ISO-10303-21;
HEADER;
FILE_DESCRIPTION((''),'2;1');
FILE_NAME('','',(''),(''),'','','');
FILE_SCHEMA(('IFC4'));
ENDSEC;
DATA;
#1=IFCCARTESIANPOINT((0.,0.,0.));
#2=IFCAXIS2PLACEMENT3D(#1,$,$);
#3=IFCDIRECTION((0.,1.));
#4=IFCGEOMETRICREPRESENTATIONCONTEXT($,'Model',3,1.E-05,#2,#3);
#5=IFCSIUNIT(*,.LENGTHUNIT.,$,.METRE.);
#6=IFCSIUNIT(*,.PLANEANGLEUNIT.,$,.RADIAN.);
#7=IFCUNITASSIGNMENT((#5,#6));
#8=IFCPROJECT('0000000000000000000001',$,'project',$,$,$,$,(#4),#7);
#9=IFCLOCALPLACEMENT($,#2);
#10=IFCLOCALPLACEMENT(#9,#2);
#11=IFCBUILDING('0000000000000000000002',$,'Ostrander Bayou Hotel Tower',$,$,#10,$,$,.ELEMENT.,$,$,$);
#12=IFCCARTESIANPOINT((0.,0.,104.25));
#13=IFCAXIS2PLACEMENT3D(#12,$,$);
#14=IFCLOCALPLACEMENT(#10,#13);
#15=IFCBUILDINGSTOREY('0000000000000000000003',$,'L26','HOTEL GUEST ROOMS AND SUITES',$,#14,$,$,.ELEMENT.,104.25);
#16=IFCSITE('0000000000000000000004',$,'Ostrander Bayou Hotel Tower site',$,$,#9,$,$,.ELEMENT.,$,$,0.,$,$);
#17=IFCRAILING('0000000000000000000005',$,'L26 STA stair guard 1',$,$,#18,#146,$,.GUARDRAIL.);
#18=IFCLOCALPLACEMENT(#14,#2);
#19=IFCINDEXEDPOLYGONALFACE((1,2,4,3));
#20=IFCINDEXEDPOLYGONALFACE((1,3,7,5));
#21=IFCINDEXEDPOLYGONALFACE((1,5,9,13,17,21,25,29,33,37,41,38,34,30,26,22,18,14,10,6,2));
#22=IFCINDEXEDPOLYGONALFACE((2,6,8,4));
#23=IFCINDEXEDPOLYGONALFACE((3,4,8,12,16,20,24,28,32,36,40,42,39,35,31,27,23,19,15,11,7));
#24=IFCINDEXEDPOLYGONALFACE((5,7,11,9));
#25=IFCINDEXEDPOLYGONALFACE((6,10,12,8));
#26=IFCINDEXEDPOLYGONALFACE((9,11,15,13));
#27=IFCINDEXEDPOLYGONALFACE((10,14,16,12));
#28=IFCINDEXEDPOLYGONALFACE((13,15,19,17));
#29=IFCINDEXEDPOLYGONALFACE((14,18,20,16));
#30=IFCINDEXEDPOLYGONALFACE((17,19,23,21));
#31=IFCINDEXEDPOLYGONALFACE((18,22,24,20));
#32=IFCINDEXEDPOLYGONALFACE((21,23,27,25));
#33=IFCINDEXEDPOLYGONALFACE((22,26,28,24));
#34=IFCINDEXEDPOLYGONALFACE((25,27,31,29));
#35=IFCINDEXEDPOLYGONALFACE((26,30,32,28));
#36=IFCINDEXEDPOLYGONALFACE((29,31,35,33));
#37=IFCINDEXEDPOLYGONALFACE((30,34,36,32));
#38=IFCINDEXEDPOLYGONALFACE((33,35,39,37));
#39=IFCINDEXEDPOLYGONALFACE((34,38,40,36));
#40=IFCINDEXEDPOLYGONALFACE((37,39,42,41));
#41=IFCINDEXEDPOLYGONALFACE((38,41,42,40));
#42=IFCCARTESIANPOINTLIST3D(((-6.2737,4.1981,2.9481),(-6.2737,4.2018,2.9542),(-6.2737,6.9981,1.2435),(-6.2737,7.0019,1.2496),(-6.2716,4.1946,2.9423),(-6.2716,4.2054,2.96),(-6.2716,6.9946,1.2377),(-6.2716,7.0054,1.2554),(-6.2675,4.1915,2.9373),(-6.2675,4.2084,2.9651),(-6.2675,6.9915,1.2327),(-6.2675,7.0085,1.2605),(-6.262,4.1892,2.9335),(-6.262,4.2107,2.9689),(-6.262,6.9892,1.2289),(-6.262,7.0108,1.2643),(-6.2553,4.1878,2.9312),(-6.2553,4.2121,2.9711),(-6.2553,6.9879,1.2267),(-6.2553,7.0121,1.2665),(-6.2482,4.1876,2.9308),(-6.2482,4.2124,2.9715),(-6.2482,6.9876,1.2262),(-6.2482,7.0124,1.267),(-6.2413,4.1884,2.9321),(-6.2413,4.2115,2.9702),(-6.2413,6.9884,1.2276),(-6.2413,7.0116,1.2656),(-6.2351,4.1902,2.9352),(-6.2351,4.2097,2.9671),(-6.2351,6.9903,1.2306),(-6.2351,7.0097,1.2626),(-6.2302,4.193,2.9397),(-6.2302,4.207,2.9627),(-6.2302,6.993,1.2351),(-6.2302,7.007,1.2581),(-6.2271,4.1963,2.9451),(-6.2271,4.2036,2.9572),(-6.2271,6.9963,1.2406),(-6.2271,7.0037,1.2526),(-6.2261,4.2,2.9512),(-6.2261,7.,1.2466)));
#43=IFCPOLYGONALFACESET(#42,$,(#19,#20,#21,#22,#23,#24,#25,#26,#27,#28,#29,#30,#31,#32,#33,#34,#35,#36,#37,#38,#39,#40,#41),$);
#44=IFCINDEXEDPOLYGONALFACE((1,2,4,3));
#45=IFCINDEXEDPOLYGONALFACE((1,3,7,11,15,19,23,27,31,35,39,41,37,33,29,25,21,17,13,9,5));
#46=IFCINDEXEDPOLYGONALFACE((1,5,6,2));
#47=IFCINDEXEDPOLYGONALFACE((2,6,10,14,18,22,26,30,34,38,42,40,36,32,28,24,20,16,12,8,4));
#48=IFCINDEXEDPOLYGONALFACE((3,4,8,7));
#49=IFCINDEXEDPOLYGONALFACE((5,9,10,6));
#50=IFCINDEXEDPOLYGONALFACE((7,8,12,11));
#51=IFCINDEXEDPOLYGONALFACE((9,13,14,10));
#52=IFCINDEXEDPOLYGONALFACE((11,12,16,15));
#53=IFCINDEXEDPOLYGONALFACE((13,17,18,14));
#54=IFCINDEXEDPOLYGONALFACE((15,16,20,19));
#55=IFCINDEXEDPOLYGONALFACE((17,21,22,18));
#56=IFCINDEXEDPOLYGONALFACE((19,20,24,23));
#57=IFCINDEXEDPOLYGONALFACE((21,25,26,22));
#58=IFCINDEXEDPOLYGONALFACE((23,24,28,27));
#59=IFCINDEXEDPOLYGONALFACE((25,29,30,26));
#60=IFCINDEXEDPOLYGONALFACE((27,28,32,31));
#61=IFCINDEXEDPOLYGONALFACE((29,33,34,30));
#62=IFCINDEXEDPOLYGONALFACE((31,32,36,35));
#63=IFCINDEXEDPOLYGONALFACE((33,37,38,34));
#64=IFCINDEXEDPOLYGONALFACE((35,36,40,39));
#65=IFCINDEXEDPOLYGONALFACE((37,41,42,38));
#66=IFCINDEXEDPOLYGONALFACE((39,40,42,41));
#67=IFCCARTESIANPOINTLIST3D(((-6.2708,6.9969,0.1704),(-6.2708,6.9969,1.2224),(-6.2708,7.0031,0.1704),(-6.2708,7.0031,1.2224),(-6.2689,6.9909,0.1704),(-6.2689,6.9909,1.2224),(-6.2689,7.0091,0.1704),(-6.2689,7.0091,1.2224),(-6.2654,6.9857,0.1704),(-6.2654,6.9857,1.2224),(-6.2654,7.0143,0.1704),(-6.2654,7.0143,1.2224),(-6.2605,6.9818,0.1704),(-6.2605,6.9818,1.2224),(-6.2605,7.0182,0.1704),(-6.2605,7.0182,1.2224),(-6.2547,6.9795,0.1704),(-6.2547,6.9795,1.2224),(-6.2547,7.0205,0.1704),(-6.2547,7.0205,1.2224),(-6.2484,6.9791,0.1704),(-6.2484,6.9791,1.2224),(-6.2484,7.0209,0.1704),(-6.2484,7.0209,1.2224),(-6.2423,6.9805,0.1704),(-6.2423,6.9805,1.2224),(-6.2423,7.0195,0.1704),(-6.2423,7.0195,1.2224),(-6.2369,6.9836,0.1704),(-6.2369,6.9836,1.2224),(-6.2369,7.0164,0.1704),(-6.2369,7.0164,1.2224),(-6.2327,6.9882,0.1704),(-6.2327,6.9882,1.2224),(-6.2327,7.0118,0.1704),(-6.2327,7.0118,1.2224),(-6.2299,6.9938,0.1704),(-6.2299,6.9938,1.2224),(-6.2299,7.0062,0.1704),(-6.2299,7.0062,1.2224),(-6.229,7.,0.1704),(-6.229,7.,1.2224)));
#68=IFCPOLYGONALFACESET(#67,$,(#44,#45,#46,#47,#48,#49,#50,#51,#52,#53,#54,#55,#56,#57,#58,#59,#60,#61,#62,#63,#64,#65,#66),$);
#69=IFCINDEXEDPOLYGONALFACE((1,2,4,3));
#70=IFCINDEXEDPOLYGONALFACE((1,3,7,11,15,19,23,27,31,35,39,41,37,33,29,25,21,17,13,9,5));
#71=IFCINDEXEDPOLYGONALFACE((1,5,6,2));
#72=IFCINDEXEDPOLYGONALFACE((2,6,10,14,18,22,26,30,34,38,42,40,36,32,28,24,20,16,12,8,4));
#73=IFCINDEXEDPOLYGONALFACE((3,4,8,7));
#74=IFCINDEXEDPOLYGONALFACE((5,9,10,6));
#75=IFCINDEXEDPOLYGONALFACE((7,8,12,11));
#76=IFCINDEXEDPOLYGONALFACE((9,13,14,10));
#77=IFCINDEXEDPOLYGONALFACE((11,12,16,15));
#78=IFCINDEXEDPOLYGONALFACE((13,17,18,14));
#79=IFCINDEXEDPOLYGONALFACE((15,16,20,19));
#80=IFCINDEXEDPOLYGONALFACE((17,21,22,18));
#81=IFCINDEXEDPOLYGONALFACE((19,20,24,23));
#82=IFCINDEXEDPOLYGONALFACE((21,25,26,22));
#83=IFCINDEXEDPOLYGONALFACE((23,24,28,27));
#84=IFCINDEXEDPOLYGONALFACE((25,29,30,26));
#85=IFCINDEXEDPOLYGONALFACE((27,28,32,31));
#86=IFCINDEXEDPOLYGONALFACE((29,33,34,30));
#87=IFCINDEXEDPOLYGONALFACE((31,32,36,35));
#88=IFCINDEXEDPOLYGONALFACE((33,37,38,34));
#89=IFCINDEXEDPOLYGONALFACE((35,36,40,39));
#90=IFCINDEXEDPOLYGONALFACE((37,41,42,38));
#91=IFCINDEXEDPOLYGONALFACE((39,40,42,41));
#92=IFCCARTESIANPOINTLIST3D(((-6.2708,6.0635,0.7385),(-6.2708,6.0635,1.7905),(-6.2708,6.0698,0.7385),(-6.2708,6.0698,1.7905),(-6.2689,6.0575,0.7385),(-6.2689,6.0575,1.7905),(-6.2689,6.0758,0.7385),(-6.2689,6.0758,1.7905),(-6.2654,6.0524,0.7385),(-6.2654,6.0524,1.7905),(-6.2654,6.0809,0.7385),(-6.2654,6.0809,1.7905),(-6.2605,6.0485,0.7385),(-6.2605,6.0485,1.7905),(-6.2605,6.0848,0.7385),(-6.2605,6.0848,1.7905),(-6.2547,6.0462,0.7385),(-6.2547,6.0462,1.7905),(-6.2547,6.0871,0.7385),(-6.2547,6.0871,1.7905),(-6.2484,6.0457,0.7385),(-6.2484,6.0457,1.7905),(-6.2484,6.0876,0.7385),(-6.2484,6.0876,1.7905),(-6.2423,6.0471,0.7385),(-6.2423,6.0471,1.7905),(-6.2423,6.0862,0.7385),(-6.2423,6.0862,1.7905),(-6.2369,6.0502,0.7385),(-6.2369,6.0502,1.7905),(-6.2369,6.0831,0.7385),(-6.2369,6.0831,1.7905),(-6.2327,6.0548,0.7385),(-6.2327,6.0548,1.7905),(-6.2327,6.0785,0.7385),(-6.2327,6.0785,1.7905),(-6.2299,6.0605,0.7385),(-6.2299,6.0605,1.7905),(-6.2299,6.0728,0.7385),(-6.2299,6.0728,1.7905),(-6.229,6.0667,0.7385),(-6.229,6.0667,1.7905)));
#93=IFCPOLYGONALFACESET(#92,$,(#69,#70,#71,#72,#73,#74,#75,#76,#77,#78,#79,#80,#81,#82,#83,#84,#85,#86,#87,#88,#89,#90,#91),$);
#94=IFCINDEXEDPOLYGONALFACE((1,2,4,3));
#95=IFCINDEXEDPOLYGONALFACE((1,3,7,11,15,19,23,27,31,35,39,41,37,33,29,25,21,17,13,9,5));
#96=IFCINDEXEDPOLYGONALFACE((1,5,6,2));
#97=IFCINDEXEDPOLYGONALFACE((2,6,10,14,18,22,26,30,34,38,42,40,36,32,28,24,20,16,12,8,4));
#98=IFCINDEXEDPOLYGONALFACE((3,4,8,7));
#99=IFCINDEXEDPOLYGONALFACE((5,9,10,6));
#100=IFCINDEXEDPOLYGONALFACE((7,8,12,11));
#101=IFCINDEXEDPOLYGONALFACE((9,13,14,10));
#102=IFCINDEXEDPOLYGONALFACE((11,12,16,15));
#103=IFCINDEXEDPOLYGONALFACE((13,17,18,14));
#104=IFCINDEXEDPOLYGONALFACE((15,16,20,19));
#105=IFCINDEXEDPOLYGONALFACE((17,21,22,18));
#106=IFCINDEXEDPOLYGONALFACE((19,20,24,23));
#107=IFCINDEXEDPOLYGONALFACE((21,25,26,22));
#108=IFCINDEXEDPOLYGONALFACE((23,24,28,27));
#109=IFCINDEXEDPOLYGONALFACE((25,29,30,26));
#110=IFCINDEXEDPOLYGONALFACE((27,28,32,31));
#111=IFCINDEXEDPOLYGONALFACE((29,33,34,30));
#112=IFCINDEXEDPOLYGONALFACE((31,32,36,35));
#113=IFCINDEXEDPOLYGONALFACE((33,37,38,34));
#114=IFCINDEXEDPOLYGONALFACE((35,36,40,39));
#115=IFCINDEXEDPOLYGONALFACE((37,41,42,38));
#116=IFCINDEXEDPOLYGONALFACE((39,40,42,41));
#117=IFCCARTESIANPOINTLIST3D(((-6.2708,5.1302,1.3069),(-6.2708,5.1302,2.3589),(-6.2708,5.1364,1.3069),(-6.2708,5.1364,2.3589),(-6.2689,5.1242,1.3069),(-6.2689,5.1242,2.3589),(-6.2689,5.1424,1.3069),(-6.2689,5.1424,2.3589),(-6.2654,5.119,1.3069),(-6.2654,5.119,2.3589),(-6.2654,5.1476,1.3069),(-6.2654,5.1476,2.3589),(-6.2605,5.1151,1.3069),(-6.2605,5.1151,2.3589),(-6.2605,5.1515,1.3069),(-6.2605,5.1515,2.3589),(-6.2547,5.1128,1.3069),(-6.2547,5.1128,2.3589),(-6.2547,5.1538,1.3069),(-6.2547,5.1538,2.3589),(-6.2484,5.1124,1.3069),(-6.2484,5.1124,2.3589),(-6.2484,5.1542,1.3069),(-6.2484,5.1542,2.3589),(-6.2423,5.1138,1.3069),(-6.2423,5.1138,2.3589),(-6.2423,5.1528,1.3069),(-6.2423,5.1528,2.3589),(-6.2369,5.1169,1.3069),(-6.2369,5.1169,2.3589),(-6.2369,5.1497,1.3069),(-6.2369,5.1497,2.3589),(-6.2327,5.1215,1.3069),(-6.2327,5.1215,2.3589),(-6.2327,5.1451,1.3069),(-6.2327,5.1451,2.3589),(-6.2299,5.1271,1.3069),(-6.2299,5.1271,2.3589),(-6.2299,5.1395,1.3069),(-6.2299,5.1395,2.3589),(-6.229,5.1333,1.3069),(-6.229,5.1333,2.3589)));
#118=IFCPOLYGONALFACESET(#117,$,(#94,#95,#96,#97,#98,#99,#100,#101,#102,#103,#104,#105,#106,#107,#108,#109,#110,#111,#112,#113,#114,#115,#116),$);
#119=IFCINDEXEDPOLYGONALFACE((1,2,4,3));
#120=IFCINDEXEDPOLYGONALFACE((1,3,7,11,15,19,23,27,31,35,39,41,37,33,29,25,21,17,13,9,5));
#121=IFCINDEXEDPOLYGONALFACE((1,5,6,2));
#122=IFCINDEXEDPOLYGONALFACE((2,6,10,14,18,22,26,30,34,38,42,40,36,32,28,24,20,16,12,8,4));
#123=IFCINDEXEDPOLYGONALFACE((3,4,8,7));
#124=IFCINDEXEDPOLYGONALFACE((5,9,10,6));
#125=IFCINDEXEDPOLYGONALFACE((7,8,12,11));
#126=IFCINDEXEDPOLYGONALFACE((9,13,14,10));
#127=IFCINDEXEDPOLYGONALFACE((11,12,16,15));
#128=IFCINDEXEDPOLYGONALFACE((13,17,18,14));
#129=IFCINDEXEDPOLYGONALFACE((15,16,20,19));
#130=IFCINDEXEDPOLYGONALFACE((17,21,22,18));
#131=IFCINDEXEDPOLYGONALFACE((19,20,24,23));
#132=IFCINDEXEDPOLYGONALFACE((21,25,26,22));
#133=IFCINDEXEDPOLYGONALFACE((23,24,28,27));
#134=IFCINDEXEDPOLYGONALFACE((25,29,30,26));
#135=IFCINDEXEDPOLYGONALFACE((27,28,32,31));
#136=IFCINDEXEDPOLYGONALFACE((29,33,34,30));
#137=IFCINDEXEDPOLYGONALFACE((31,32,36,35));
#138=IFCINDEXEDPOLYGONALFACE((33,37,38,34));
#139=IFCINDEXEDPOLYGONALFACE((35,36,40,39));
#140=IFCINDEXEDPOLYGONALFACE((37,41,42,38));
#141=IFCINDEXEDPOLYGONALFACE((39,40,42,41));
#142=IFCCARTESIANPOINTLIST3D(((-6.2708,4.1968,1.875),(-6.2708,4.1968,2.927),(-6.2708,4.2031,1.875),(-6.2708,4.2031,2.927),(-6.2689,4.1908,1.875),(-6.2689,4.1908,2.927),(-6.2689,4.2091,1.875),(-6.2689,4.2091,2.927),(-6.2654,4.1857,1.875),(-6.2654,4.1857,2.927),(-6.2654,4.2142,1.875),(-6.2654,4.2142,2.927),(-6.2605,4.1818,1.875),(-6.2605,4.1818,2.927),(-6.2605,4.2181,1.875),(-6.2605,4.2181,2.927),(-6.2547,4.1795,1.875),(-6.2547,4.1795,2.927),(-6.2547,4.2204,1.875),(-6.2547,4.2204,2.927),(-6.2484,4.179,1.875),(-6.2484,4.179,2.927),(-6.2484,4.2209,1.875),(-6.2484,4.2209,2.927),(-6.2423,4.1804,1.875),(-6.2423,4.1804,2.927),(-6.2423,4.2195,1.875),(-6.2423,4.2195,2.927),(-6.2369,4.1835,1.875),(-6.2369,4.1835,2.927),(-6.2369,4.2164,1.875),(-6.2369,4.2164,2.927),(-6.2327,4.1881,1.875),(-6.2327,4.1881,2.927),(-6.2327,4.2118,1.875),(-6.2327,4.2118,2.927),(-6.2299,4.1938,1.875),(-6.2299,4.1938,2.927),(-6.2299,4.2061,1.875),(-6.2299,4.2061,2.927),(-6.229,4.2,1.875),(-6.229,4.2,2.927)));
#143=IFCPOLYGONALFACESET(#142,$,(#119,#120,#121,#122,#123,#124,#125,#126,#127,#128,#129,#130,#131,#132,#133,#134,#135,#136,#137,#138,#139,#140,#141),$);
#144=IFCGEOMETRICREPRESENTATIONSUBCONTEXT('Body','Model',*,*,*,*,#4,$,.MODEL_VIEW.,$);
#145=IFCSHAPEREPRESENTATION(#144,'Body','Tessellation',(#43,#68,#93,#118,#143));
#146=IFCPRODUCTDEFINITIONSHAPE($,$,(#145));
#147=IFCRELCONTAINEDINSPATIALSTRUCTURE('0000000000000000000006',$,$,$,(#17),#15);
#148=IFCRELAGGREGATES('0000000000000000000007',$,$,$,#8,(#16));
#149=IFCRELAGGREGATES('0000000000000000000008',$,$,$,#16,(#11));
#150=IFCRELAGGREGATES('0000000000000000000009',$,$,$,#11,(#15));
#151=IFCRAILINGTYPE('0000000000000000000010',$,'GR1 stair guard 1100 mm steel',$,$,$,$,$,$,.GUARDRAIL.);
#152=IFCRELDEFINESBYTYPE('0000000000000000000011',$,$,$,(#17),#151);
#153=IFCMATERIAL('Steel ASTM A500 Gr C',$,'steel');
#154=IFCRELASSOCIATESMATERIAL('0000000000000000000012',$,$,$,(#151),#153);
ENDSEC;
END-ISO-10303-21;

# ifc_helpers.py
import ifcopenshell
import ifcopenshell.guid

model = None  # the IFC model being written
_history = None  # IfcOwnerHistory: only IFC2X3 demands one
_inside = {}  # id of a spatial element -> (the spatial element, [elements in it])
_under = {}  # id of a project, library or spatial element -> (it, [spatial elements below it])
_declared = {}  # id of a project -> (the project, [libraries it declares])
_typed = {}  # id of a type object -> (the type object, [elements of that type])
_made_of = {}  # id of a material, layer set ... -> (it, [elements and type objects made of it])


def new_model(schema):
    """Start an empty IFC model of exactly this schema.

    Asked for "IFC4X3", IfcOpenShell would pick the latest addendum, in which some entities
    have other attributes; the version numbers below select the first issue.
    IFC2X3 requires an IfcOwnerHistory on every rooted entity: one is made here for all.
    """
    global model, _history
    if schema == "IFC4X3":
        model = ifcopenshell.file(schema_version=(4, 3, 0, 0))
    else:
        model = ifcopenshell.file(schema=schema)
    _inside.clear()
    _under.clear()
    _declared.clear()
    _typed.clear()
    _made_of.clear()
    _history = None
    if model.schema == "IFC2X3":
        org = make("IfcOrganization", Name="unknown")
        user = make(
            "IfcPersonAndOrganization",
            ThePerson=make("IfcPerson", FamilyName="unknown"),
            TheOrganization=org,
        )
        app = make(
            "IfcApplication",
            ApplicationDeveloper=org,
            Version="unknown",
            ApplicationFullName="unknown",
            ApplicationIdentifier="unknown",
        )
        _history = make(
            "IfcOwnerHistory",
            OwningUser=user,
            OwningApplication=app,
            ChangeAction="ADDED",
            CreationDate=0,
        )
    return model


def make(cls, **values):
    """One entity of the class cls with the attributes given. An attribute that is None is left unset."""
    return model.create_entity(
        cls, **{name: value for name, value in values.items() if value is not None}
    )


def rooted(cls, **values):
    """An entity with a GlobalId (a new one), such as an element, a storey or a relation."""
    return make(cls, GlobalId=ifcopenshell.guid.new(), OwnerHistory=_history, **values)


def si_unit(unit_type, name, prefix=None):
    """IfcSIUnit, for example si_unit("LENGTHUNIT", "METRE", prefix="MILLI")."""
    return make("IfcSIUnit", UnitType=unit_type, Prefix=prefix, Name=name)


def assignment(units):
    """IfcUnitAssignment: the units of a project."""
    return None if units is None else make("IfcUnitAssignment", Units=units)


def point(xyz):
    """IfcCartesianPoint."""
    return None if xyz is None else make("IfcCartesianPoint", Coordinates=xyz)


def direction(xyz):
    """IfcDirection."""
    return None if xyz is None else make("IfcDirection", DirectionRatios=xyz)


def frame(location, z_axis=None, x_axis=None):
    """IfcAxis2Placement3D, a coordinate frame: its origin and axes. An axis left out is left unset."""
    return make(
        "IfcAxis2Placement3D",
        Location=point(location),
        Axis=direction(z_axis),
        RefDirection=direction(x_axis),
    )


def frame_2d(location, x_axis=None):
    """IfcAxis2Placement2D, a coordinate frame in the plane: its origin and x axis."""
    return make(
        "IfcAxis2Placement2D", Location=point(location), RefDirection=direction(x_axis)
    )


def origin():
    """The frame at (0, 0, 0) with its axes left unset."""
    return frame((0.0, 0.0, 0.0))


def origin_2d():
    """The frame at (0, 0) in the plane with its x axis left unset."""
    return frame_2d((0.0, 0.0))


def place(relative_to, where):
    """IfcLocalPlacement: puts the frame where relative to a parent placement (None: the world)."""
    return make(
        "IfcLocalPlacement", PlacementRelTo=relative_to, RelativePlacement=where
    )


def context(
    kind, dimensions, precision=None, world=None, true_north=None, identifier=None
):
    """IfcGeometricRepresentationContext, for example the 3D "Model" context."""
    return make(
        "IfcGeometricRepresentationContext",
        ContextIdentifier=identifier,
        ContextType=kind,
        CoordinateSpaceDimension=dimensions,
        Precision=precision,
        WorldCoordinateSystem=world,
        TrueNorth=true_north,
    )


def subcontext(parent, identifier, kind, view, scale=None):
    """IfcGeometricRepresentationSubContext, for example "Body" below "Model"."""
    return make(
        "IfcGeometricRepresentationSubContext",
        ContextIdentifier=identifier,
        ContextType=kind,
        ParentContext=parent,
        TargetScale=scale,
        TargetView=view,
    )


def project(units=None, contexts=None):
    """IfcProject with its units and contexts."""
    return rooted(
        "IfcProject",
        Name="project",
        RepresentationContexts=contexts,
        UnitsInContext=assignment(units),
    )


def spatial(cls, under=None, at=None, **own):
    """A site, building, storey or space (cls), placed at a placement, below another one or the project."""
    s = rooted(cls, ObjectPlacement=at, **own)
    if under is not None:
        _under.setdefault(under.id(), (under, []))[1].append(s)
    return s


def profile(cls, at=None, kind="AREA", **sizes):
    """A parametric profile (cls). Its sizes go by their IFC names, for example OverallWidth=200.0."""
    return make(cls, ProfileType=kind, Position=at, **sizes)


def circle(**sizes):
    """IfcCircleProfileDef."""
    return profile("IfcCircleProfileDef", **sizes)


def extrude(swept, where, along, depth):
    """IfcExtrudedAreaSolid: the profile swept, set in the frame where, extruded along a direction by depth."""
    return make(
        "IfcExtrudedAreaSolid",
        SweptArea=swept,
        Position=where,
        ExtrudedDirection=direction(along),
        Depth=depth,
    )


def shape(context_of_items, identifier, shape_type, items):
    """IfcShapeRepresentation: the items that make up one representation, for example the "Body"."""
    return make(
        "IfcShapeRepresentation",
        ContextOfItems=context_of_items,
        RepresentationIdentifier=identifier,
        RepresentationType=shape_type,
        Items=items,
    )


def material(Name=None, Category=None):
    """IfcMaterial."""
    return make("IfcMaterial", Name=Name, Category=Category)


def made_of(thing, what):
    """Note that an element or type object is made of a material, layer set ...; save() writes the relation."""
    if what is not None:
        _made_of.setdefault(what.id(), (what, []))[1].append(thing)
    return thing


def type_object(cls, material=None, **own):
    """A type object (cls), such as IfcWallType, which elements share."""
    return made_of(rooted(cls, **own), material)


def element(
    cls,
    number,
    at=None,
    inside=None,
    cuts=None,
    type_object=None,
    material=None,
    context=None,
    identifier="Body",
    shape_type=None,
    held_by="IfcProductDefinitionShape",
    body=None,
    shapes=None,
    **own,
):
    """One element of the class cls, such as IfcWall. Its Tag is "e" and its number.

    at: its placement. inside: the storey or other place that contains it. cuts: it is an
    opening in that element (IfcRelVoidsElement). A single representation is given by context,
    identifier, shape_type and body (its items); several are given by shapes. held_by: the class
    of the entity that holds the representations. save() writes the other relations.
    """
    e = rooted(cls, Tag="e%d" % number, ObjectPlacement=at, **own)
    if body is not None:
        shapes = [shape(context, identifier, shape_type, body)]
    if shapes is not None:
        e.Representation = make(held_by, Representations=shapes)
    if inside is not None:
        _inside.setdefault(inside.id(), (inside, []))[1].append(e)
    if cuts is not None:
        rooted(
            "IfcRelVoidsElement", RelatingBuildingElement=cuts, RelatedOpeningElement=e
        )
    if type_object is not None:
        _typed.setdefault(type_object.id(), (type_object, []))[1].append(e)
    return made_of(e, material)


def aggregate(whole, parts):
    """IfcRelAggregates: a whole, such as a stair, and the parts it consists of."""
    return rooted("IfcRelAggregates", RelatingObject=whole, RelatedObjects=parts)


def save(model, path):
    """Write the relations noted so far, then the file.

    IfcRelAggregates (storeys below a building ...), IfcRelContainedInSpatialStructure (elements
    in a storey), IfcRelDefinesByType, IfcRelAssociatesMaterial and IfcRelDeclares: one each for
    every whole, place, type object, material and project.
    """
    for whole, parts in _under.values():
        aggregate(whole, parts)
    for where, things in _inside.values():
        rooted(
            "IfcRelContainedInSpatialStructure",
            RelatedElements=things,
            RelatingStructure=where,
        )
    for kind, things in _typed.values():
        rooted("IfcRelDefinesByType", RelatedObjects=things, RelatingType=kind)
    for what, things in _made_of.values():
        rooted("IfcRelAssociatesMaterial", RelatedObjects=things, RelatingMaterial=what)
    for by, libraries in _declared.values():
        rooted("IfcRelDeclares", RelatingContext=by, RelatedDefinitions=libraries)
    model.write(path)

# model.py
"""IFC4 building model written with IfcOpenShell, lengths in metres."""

from ifc_helpers import new_model, si_unit, direction, frame, origin, origin_2d, place, context, subcontext, project, spatial, circle, extrude, material, type_object, element, save


model = new_model("IFC4")

# Units and contexts
model_context = context("Model", 3, precision=1e-05, world=origin(), true_north=direction((0.0, 1.0)))
body_context = subcontext(model_context, "Body", "Model", "MODEL_VIEW")
ifc_project = project(units=[si_unit("LENGTHUNIT", "METRE"), si_unit("PLANEANGLEUNIT", "RADIAN")], contexts=[model_context])

# Site, building, storey
site_placement = place(None, origin())
site = spatial("IfcSite", under=ifc_project, at=site_placement, Name="Ostrander Bayou Hotel Tower site", CompositionType="ELEMENT", RefElevation=0.0)
building_placement = place(site_placement, origin())
building = spatial("IfcBuilding", under=site, at=building_placement, Name="Ostrander Bayou Hotel Tower", CompositionType="ELEMENT")
storey_placement = place(building_placement, frame((0.0, 0.0, 104.25)))
storey = spatial("IfcBuildingStorey", under=building, at=storey_placement, Name="L26", Description="HOTEL GUEST ROOMS AND SUITES", CompositionType="ELEMENT", Elevation=104.25)

# Railing
ifc_material_1 = material(Name="Steel ASTM A500 Gr C", Category="steel")
railing_type_1 = type_object("IfcRailingType", Name="GR1 stair guard 1100 mm steel", PredefinedType="GUARDRAIL", material=ifc_material_1)
railing_1_placement = place(storey_placement, frame((-6.25, 7.0, 0.1704)))
element("IfcRailing", 1, at=railing_1_placement, inside=storey, type_object=railing_type_1, Name="L26 STA stair guard 1", PredefinedType="GUARDRAIL", context=body_context, shape_type="SweptSolid", body=[
    extrude(circle(Radius=0.0239, at=origin_2d()), frame((0.0, 0.0, 1.0762), z_axis=(0.0, -0.85417, 0.519994), x_axis=(1.0, 0.0, 0.0)), (0.0, 0.0, 1.0), 3.2781),
    extrude(circle(Radius=0.021, at=origin_2d()), origin(), (0.0, 0.0, 1.0), 1.052),
    extrude(circle(Radius=0.021, at=origin_2d()), frame((0.0, -0.9333, 0.5681)), (0.0, 0.0, 1.0), 1.052),
    extrude(circle(Radius=0.021, at=origin_2d()), frame((0.0, -1.8667, 1.1365)), (0.0, 0.0, 1.0), 1.052),
    extrude(circle(Radius=0.021, at=origin_2d()), frame((0.0, -2.8, 1.7046)), (0.0, 0.0, 1.0), 1.052),
])

save(model, "model.ifc")
